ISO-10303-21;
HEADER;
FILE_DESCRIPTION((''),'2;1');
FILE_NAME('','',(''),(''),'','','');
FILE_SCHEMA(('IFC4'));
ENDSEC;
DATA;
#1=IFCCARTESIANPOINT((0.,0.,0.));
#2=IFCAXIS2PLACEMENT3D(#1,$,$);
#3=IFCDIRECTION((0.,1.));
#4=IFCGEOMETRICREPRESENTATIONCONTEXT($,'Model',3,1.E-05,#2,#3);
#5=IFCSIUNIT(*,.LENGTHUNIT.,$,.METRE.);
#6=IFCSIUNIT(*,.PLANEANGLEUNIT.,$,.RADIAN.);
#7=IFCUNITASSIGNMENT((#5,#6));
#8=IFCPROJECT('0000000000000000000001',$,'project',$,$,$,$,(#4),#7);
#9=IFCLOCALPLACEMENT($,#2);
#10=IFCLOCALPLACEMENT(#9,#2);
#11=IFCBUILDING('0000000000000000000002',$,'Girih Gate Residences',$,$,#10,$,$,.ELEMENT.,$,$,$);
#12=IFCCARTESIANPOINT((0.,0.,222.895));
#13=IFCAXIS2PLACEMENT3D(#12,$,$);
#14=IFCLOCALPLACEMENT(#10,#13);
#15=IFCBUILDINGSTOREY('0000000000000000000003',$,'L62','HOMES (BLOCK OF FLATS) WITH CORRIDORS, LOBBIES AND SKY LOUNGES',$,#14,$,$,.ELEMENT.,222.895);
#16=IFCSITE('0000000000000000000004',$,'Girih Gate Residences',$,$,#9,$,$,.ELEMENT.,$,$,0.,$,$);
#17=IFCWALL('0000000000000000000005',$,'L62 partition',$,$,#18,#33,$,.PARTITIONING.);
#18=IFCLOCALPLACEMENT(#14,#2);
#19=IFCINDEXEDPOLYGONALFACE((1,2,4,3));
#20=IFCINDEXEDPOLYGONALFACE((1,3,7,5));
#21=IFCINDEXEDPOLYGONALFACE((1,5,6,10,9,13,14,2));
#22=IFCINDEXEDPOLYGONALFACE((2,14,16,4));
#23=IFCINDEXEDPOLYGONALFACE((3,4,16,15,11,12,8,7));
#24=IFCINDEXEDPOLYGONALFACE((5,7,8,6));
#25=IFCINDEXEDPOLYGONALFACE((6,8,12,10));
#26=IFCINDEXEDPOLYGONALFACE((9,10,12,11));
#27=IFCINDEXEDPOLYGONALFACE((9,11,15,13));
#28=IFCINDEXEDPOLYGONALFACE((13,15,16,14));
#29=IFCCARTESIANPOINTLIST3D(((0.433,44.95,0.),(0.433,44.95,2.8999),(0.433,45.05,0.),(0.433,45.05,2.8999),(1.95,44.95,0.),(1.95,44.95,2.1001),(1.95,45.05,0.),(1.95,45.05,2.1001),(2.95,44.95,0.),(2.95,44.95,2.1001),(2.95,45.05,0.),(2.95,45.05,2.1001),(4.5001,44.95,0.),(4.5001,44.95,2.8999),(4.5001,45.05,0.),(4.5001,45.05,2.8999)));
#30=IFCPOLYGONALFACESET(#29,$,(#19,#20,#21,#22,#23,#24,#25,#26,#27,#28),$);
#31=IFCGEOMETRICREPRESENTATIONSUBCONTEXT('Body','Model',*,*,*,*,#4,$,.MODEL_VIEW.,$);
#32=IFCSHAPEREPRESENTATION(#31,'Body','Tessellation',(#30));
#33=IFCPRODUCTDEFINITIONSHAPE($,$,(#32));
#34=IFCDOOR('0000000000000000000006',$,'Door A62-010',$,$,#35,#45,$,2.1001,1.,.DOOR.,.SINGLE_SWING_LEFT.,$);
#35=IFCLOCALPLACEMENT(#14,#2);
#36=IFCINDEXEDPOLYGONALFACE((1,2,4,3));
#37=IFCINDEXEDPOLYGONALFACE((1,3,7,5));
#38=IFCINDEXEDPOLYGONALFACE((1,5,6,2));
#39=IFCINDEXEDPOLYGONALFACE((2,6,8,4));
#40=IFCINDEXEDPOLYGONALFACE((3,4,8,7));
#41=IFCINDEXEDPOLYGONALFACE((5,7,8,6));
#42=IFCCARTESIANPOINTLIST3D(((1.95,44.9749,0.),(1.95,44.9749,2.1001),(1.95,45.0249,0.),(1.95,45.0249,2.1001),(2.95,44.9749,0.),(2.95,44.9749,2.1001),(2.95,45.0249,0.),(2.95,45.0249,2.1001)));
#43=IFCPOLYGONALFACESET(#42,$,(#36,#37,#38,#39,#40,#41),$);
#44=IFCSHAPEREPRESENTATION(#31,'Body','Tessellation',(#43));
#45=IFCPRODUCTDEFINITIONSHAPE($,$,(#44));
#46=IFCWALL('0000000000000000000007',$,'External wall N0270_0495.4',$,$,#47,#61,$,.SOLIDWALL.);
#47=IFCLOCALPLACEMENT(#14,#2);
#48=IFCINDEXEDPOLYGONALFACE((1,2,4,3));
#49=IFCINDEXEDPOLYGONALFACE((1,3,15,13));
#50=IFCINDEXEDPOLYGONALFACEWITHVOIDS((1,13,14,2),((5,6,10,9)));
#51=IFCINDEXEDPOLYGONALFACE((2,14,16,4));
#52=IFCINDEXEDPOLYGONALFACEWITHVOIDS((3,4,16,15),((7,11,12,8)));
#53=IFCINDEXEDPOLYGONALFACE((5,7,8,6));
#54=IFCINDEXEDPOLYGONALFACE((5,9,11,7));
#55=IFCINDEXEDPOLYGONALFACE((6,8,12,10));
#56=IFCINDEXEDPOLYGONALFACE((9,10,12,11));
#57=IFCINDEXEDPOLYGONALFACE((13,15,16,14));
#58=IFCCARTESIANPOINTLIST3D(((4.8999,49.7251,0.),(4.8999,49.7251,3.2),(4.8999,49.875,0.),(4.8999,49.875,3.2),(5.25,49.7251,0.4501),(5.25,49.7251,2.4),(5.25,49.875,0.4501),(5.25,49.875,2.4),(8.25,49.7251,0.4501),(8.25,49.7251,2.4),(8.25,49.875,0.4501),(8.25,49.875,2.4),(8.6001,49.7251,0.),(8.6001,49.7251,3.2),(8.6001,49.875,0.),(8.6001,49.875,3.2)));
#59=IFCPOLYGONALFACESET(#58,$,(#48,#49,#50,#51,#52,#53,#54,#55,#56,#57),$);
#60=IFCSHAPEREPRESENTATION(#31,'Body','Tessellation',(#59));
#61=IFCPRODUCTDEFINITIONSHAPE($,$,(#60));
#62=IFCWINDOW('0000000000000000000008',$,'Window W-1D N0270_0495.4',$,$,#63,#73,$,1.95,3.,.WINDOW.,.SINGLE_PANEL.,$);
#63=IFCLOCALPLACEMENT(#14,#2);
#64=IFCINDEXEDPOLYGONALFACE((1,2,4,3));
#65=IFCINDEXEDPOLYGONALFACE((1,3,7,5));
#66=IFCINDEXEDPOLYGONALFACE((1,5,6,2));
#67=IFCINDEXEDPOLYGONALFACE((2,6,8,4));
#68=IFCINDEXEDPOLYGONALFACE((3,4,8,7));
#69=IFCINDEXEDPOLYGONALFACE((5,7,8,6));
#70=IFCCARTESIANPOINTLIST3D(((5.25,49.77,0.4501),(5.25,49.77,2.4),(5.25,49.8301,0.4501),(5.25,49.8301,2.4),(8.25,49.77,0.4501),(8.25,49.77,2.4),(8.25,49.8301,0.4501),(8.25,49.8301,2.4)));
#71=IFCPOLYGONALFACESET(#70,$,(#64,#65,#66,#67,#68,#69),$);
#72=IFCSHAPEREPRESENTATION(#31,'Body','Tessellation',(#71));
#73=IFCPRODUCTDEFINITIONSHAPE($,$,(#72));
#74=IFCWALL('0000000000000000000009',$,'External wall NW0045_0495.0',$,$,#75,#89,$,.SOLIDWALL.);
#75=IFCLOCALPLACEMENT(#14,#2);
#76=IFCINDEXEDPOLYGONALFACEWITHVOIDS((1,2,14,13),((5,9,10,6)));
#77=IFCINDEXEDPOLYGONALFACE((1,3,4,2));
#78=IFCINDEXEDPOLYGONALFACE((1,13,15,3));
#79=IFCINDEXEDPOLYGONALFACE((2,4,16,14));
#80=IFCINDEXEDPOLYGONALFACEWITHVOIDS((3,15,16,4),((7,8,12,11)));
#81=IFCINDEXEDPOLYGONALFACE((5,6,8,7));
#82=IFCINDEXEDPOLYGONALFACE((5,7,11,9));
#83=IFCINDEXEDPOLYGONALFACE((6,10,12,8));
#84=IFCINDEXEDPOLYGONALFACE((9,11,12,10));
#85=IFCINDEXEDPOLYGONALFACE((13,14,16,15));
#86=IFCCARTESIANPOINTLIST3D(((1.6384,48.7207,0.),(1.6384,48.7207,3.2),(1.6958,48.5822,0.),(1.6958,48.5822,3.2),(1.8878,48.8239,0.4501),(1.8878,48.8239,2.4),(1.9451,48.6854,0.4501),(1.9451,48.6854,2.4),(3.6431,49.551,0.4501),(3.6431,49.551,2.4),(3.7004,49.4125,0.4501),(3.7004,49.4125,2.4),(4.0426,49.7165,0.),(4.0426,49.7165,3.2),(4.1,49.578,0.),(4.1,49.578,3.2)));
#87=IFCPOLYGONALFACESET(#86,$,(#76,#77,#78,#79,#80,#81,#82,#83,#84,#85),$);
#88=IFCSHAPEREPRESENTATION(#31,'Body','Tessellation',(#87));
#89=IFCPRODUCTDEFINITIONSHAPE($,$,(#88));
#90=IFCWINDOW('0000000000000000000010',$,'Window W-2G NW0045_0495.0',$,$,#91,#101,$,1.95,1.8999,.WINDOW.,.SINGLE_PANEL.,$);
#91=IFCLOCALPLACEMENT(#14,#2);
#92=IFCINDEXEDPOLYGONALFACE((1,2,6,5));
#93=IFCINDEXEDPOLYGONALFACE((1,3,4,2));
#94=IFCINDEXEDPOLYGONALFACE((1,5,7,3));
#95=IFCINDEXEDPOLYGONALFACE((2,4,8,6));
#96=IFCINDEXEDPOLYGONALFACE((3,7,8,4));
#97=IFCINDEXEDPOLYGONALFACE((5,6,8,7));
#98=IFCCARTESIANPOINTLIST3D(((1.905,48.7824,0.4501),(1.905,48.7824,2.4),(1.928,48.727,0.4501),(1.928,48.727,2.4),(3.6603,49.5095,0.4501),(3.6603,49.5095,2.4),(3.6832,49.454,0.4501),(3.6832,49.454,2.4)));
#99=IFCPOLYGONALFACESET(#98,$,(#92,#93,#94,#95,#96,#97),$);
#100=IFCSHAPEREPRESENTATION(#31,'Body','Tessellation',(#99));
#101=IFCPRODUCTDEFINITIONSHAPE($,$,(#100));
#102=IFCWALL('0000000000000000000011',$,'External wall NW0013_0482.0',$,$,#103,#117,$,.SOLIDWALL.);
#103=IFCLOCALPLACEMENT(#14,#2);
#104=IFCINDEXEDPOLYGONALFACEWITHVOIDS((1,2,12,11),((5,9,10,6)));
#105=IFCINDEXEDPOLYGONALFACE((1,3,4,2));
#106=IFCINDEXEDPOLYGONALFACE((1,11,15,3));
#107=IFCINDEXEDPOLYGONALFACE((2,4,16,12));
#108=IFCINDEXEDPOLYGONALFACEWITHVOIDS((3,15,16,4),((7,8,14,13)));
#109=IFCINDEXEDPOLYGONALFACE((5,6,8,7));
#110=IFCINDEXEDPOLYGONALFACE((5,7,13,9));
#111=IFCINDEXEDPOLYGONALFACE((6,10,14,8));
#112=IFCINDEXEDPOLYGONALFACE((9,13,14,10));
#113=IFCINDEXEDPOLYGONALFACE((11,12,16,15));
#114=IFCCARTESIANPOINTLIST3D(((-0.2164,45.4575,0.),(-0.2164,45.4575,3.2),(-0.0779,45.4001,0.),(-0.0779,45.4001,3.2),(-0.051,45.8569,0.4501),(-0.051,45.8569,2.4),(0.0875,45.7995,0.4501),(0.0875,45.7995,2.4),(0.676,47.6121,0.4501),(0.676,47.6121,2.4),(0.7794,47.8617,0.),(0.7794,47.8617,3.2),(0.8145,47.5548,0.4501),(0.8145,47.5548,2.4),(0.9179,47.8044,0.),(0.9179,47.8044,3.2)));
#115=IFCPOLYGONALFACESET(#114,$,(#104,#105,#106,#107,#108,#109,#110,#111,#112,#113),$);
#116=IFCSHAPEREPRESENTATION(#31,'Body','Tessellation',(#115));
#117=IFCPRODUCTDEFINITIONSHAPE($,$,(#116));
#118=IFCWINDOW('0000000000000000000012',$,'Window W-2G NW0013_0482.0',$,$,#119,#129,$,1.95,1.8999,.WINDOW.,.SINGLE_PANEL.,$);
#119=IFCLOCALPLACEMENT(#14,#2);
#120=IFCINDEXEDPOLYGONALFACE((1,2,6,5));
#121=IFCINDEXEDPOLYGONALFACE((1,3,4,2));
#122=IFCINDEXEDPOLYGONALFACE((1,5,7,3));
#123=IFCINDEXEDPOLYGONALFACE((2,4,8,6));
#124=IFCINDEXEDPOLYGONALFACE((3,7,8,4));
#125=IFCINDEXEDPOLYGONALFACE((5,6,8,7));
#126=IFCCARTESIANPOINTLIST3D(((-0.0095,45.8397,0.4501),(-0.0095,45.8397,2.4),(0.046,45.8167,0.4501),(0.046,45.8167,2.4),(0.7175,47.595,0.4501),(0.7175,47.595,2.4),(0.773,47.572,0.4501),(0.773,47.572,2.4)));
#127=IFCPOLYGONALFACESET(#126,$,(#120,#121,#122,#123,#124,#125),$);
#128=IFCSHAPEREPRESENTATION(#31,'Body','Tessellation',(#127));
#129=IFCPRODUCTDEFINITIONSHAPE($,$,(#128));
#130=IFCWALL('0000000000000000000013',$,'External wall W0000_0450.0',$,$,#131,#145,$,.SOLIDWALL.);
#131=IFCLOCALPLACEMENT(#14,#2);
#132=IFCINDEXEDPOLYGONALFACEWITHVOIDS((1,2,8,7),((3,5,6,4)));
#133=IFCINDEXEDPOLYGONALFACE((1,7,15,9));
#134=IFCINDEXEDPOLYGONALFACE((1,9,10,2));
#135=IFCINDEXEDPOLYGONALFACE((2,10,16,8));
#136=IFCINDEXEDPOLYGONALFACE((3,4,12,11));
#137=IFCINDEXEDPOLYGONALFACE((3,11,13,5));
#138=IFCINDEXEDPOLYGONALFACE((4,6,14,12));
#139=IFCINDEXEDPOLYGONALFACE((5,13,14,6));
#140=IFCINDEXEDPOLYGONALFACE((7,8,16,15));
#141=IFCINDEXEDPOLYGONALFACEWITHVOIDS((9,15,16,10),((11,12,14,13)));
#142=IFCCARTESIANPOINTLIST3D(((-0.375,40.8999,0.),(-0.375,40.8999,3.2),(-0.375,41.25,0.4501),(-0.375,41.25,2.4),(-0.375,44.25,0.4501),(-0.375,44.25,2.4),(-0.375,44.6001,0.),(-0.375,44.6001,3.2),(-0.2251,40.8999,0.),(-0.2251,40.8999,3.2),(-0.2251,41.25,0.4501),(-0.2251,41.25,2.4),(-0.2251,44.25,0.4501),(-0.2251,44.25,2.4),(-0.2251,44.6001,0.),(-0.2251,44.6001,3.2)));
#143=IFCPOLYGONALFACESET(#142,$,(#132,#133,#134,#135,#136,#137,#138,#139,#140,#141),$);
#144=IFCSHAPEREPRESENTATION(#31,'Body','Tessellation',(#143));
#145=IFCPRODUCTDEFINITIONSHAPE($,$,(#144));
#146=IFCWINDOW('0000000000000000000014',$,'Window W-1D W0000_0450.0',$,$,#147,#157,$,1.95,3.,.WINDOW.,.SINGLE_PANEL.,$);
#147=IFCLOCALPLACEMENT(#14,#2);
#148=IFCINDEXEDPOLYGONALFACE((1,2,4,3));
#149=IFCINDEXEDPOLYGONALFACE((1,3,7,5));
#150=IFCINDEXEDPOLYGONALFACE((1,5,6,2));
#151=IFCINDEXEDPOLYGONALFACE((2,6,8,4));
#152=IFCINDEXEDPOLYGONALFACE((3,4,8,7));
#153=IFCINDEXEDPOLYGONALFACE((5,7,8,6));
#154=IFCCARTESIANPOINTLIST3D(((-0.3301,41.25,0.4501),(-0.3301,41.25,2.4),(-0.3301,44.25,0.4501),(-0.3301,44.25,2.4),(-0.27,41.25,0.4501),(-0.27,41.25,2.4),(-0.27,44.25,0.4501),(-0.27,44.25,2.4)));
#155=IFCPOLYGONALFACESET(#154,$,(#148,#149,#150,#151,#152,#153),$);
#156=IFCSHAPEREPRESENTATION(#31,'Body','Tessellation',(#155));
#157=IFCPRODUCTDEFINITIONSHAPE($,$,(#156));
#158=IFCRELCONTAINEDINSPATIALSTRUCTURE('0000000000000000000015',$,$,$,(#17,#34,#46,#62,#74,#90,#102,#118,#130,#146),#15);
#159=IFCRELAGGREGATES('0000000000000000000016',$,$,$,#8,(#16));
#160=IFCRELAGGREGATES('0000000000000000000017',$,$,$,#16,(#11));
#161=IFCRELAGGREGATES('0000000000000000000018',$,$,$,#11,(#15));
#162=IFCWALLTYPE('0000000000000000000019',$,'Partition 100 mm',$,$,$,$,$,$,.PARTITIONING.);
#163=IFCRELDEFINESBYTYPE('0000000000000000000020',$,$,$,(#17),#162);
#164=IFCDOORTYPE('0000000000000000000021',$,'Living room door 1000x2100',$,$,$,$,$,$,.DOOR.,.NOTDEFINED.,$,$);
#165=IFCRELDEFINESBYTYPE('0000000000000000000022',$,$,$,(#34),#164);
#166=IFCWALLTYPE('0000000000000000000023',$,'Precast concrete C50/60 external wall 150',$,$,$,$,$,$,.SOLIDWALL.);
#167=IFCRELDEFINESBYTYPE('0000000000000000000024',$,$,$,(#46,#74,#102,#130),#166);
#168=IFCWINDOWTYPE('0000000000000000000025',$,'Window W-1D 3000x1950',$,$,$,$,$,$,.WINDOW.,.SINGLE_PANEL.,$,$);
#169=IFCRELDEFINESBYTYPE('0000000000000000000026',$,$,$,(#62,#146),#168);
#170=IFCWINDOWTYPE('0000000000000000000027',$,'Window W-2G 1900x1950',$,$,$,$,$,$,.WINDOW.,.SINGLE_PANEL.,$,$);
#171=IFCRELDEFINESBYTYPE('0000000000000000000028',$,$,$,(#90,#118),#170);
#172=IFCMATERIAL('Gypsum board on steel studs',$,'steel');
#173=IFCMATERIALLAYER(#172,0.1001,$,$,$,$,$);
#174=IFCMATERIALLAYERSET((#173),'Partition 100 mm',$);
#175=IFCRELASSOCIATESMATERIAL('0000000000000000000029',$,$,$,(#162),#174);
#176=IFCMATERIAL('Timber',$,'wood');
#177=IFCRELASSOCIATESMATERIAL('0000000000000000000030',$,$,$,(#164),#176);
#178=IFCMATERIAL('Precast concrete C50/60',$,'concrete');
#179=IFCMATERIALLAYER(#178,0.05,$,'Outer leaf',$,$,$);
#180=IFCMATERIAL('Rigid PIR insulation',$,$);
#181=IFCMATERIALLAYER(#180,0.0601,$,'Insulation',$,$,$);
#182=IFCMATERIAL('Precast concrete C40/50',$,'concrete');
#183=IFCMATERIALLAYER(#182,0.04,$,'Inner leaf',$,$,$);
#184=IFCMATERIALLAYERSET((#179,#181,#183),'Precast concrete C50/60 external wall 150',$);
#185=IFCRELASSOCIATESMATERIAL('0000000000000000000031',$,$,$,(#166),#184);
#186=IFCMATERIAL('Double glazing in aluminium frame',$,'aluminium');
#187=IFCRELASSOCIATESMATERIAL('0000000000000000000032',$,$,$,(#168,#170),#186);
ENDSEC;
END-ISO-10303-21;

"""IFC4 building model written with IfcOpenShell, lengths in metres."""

from ifc_helpers import new_model, si_unit, direction, frame, frame_2d, origin, place, context, subcontext, project, spatial, rectangle, extrude, material, layer, layer_set, type_object, element, fill, save


model = new_model("IFC4")

# Units and contexts
model_context = context("Model", 3, precision=1e-05, world=origin(), true_north=direction((0.0, 1.0)))
body_context = subcontext(model_context, "Body", "Model", "MODEL_VIEW")
ifc_project = project(units=[si_unit("LENGTHUNIT", "METRE"), si_unit("PLANEANGLEUNIT", "RADIAN")], contexts=[model_context])

# Site, building, storey
site_placement = place(None, origin())
site = spatial("IfcSite", under=ifc_project, at=site_placement, Name="Girih Gate Residences", CompositionType="ELEMENT", RefElevation=0.0)
building_placement = place(site_placement, origin())
building = spatial("IfcBuilding", under=site, at=building_placement, Name="Girih Gate Residences", CompositionType="ELEMENT")
storey_placement = place(building_placement, frame((0.0, 0.0, 222.895)))
storey = spatial("IfcBuildingStorey", under=building, at=storey_placement, Name="L62", Description="HOMES (BLOCK OF FLATS) WITH CORRIDORS, LOBBIES AND SKY LOUNGES", CompositionType="ELEMENT", Elevation=222.895)

# Shared definitions
ifc_material_1 = material(Name="Gypsum board on steel studs", Category="steel")
ifc_material_2 = material(Name="Timber", Category="wood")
ifc_layer_1 = layer(ifc_material_1, 0.1001)
ifc_layer_set_1 = layer_set([ifc_layer_1], Name="Partition 100 mm")
wall_type_1 = type_object("IfcWallType", Name="Partition 100 mm", PredefinedType="PARTITIONING", material=ifc_layer_set_1)

# Wall, opening, door
wall_1_placement = place(storey_placement, frame((0.4329, 45.0, 0.0), z_axis=(0.0, 0.0, 1.0), x_axis=(1.0, 0.0, 0.0)))
wall_1 = element("IfcWall", 1, at=wall_1_placement, inside=storey, type_object=wall_type_1, Name="L62 partition", PredefinedType="PARTITIONING", context=body_context, shape_type="SweptSolid", body=[
    extrude(rectangle(XDim=4.0671, YDim=0.1001, at=frame_2d((2.0337, 0.0))), origin(), (0.0, 0.0, 1.0), 2.8999),
])
opening_1_placement = place(wall_1_placement, frame((1.5171, 0.0, 0.0)))
opening_1 = element("IfcOpeningElement", 2, at=opening_1_placement, cuts=wall_1, PredefinedType="OPENING", context=body_context, shape_type="SweptSolid", body=[
    extrude(rectangle(XDim=1.0, YDim=2.1001, at=frame_2d((0.5, 1.05))), frame((0.0, 0.0601, 0.0), z_axis=(0.0, -1.0, 0.0), x_axis=(1.0, 0.0, 0.0)), (0.0, 0.0, 1.0), 0.1201),
])
door_type_1 = type_object("IfcDoorType", Name="Living room door 1000x2100", OperationType="NOTDEFINED", PredefinedType="DOOR", material=ifc_material_2)
door_1_placement = place(opening_1_placement, origin())
door_1 = element("IfcDoor", 3, at=door_1_placement, inside=storey, type_object=door_type_1, Name="Door A62-010", OperationType="SINGLE_SWING_LEFT", OverallHeight=2.1001, OverallWidth=1.0, PredefinedType="DOOR", context=body_context, shape_type="SweptSolid", body=[
    extrude(rectangle(XDim=1.0, YDim=2.1001, at=frame_2d((0.5, 1.05))), frame((0.0, 0.0249, 0.0), z_axis=(0.0, -1.0, 0.0), x_axis=(1.0, 0.0, 0.0)), (0.0, 0.0, 1.0), 0.05),
])
fill(opening_1, door_1)

# Walls, openings, windows
ifc_material_3 = material(Name="Precast concrete C50/60", Category="concrete")
ifc_layer_2 = layer(ifc_material_3, 0.05, Name="Outer leaf")
ifc_material_4 = material(Name="Rigid PIR insulation")
ifc_layer_3 = layer(ifc_material_4, 0.0601, Name="Insulation")
ifc_material_5 = material(Name="Precast concrete C40/50", Category="concrete")
ifc_layer_4 = layer(ifc_material_5, 0.04, Name="Inner leaf")
ifc_layer_set_2 = layer_set([ifc_layer_2, ifc_layer_3, ifc_layer_4], Name="Precast concrete C50/60 external wall 150")
wall_type_2 = type_object("IfcWallType", Name="Precast concrete C50/60 external wall 150", PredefinedType="SOLIDWALL", material=ifc_layer_set_2)
wall_2_placement = place(storey_placement, frame((4.8999, 49.8, 0.0), z_axis=(0.0, 0.0, 1.0), x_axis=(1.0, 0.0, 0.0)))
wall_2 = element("IfcWall", 4, at=wall_2_placement, inside=storey, type_object=wall_type_2, Name="External wall N0270_0495.4", PredefinedType="SOLIDWALL", context=body_context, shape_type="SweptSolid", body=[
    extrude(rectangle(XDim=3.7002, YDim=0.1499, at=frame_2d((1.8501, 0.0))), origin(), (0.0, 0.0, 1.0), 3.2),
])
opening_2_placement = place(wall_2_placement, frame((0.3501, 0.0, 0.45)))
opening_2 = element("IfcOpeningElement", 5, at=opening_2_placement, cuts=wall_2, PredefinedType="OPENING", context=body_context, shape_type="SweptSolid", body=[
    extrude(rectangle(XDim=3.0, YDim=1.95, at=frame_2d((1.5, 0.9751))), frame((0.0, 0.085, 0.0), z_axis=(0.0, -1.0, 0.0), x_axis=(1.0, 0.0, 0.0)), (0.0, 0.0, 1.0), 0.1699),
])
ifc_material_6 = material(Name="Double glazing in aluminium frame", Category="aluminium")
window_type_1 = type_object("IfcWindowType", Name="Window W-1D 3000x1950", PartitioningType="SINGLE_PANEL", PredefinedType="WINDOW", material=ifc_material_6)
window_1_placement = place(opening_2_placement, origin())
window_1 = element("IfcWindow", 6, at=window_1_placement, inside=storey, type_object=window_type_1, Name="Window W-1D N0270_0495.4", OverallHeight=1.95, OverallWidth=3.0, PartitioningType="SINGLE_PANEL", PredefinedType="WINDOW", context=body_context, shape_type="SweptSolid", body=[
    extrude(rectangle(XDim=3.0, YDim=1.95, at=frame_2d((1.5, 0.9751))), frame((0.0, 0.03, 0.0), z_axis=(0.0, -1.0, 0.0), x_axis=(1.0, 0.0, 0.0)), (0.0, 0.0, 1.0), 0.0601),
])
fill(opening_2, window_1)
wall_3_placement = place(storey_placement, frame((1.667, 48.6514, 0.0), z_axis=(0.0, 0.0, 1.0), x_axis=(0.923885, 0.382669, 0.0)))
wall_3 = element("IfcWall", 7, at=wall_3_placement, inside=storey, type_object=wall_type_2, Name="External wall NW0045_0495.0", PredefinedType="SOLIDWALL", context=body_context, shape_type="SweptSolid", body=[
    extrude(rectangle(XDim=2.6023, YDim=0.1499, at=frame_2d((1.3013, 0.0))), origin(), (0.0, 0.0, 1.0), 3.2),
])
opening_3_placement = place(wall_3_placement, frame((0.27, 0.0, 0.45)))
opening_3 = element("IfcOpeningElement", 8, at=opening_3_placement, cuts=wall_3, PredefinedType="OPENING", context=body_context, shape_type="SweptSolid", body=[
    extrude(rectangle(XDim=1.8999, YDim=1.95, at=frame_2d((0.95, 0.9751))), frame((0.0, 0.085, 0.0), z_axis=(0.0, -1.0, 0.0), x_axis=(1.0, 0.0, 0.0)), (0.0, 0.0, 1.0), 0.1699),
])
window_type_2 = type_object("IfcWindowType", Name="Window W-2G 1900x1950", PartitioningType="SINGLE_PANEL", PredefinedType="WINDOW", material=ifc_material_6)
window_2_placement = place(opening_3_placement, origin())
window_2 = element("IfcWindow", 9, at=window_2_placement, inside=storey, type_object=window_type_2, Name="Window W-2G NW0045_0495.0", OverallHeight=1.95, OverallWidth=1.8999, PartitioningType="SINGLE_PANEL", PredefinedType="WINDOW", context=body_context, shape_type="SweptSolid", body=[
    extrude(rectangle(XDim=1.8999, YDim=1.95, at=frame_2d((0.95, 0.9751))), frame((0.0, 0.03, 0.0), z_axis=(0.0, -1.0, 0.0), x_axis=(1.0, 0.0, 0.0)), (0.0, 0.0, 1.0), 0.0601),
])
fill(opening_3, window_2)
wall_4_placement = place(storey_placement, frame((-0.1472, 45.4287, 0.0), z_axis=(0.0, 0.0, 1.0), x_axis=(0.382669, 0.923885, 0.0)))
wall_4 = element("IfcWall", 10, at=wall_4_placement, inside=storey, type_object=wall_type_2, Name="External wall NW0013_0482.0", PredefinedType="SOLIDWALL", context=body_context, shape_type="SweptSolid", body=[
    extrude(rectangle(XDim=2.6023, YDim=0.1499, at=frame_2d((1.3013, 0.0))), origin(), (0.0, 0.0, 1.0), 3.2),
])
opening_4_placement = place(wall_4_placement, frame((0.4324, 0.0, 0.45)))
opening_4 = element("IfcOpeningElement", 11, at=opening_4_placement, cuts=wall_4, PredefinedType="OPENING", context=body_context, shape_type="SweptSolid", body=[
    extrude(rectangle(XDim=1.8999, YDim=1.95, at=frame_2d((0.95, 0.9751))), frame((0.0, 0.085, 0.0), z_axis=(0.0, -1.0, 0.0), x_axis=(1.0, 0.0, 0.0)), (0.0, 0.0, 1.0), 0.1699),
])
window_3_placement = place(opening_4_placement, origin())
window_3 = element("IfcWindow", 12, at=window_3_placement, inside=storey, type_object=window_type_2, Name="Window W-2G NW0013_0482.0", OverallHeight=1.95, OverallWidth=1.8999, PartitioningType="SINGLE_PANEL", PredefinedType="WINDOW", context=body_context, shape_type="SweptSolid", body=[
    extrude(rectangle(XDim=1.8999, YDim=1.95, at=frame_2d((0.95, 0.9751))), frame((0.0, 0.03, 0.0), z_axis=(0.0, -1.0, 0.0), x_axis=(1.0, 0.0, 0.0)), (0.0, 0.0, 1.0), 0.0601),
])
fill(opening_4, window_3)
wall_5_placement = place(storey_placement, frame((-0.3, 40.8999, 0.0), z_axis=(0.0, 0.0, 1.0), x_axis=(0.0, 1.0, 0.0)))
wall_5 = element("IfcWall", 13, at=wall_5_placement, inside=storey, type_object=wall_type_2, Name="External wall W0000_0450.0", PredefinedType="SOLIDWALL", context=body_context, shape_type="SweptSolid", body=[
    extrude(rectangle(XDim=3.7002, YDim=0.1499, at=frame_2d((1.8501, 0.0))), origin(), (0.0, 0.0, 1.0), 3.2),
])
opening_5_placement = place(wall_5_placement, frame((0.3501, 0.0, 0.45)))
opening_5 = element("IfcOpeningElement", 14, at=opening_5_placement, cuts=wall_5, PredefinedType="OPENING", context=body_context, shape_type="SweptSolid", body=[
    extrude(rectangle(XDim=3.0, YDim=1.95, at=frame_2d((1.5, 0.9751))), frame((0.0, 0.085, 0.0), z_axis=(0.0, -1.0, 0.0), x_axis=(1.0, 0.0, 0.0)), (0.0, 0.0, 1.0), 0.1699),
])
window_4_placement = place(opening_5_placement, origin())
window_4 = element("IfcWindow", 15, at=window_4_placement, inside=storey, type_object=window_type_1, Name="Window W-1D W0000_0450.0", OverallHeight=1.95, OverallWidth=3.0, PartitioningType="SINGLE_PANEL", PredefinedType="WINDOW", context=body_context, shape_type="SweptSolid", body=[
    extrude(rectangle(XDim=3.0, YDim=1.95, at=frame_2d((1.5, 0.9751))), frame((0.0, 0.03, 0.0), z_axis=(0.0, -1.0, 0.0), x_axis=(1.0, 0.0, 0.0)), (0.0, 0.0, 1.0), 0.0601),
])
fill(opening_5, window_4)

save(model, "model.ifc")
